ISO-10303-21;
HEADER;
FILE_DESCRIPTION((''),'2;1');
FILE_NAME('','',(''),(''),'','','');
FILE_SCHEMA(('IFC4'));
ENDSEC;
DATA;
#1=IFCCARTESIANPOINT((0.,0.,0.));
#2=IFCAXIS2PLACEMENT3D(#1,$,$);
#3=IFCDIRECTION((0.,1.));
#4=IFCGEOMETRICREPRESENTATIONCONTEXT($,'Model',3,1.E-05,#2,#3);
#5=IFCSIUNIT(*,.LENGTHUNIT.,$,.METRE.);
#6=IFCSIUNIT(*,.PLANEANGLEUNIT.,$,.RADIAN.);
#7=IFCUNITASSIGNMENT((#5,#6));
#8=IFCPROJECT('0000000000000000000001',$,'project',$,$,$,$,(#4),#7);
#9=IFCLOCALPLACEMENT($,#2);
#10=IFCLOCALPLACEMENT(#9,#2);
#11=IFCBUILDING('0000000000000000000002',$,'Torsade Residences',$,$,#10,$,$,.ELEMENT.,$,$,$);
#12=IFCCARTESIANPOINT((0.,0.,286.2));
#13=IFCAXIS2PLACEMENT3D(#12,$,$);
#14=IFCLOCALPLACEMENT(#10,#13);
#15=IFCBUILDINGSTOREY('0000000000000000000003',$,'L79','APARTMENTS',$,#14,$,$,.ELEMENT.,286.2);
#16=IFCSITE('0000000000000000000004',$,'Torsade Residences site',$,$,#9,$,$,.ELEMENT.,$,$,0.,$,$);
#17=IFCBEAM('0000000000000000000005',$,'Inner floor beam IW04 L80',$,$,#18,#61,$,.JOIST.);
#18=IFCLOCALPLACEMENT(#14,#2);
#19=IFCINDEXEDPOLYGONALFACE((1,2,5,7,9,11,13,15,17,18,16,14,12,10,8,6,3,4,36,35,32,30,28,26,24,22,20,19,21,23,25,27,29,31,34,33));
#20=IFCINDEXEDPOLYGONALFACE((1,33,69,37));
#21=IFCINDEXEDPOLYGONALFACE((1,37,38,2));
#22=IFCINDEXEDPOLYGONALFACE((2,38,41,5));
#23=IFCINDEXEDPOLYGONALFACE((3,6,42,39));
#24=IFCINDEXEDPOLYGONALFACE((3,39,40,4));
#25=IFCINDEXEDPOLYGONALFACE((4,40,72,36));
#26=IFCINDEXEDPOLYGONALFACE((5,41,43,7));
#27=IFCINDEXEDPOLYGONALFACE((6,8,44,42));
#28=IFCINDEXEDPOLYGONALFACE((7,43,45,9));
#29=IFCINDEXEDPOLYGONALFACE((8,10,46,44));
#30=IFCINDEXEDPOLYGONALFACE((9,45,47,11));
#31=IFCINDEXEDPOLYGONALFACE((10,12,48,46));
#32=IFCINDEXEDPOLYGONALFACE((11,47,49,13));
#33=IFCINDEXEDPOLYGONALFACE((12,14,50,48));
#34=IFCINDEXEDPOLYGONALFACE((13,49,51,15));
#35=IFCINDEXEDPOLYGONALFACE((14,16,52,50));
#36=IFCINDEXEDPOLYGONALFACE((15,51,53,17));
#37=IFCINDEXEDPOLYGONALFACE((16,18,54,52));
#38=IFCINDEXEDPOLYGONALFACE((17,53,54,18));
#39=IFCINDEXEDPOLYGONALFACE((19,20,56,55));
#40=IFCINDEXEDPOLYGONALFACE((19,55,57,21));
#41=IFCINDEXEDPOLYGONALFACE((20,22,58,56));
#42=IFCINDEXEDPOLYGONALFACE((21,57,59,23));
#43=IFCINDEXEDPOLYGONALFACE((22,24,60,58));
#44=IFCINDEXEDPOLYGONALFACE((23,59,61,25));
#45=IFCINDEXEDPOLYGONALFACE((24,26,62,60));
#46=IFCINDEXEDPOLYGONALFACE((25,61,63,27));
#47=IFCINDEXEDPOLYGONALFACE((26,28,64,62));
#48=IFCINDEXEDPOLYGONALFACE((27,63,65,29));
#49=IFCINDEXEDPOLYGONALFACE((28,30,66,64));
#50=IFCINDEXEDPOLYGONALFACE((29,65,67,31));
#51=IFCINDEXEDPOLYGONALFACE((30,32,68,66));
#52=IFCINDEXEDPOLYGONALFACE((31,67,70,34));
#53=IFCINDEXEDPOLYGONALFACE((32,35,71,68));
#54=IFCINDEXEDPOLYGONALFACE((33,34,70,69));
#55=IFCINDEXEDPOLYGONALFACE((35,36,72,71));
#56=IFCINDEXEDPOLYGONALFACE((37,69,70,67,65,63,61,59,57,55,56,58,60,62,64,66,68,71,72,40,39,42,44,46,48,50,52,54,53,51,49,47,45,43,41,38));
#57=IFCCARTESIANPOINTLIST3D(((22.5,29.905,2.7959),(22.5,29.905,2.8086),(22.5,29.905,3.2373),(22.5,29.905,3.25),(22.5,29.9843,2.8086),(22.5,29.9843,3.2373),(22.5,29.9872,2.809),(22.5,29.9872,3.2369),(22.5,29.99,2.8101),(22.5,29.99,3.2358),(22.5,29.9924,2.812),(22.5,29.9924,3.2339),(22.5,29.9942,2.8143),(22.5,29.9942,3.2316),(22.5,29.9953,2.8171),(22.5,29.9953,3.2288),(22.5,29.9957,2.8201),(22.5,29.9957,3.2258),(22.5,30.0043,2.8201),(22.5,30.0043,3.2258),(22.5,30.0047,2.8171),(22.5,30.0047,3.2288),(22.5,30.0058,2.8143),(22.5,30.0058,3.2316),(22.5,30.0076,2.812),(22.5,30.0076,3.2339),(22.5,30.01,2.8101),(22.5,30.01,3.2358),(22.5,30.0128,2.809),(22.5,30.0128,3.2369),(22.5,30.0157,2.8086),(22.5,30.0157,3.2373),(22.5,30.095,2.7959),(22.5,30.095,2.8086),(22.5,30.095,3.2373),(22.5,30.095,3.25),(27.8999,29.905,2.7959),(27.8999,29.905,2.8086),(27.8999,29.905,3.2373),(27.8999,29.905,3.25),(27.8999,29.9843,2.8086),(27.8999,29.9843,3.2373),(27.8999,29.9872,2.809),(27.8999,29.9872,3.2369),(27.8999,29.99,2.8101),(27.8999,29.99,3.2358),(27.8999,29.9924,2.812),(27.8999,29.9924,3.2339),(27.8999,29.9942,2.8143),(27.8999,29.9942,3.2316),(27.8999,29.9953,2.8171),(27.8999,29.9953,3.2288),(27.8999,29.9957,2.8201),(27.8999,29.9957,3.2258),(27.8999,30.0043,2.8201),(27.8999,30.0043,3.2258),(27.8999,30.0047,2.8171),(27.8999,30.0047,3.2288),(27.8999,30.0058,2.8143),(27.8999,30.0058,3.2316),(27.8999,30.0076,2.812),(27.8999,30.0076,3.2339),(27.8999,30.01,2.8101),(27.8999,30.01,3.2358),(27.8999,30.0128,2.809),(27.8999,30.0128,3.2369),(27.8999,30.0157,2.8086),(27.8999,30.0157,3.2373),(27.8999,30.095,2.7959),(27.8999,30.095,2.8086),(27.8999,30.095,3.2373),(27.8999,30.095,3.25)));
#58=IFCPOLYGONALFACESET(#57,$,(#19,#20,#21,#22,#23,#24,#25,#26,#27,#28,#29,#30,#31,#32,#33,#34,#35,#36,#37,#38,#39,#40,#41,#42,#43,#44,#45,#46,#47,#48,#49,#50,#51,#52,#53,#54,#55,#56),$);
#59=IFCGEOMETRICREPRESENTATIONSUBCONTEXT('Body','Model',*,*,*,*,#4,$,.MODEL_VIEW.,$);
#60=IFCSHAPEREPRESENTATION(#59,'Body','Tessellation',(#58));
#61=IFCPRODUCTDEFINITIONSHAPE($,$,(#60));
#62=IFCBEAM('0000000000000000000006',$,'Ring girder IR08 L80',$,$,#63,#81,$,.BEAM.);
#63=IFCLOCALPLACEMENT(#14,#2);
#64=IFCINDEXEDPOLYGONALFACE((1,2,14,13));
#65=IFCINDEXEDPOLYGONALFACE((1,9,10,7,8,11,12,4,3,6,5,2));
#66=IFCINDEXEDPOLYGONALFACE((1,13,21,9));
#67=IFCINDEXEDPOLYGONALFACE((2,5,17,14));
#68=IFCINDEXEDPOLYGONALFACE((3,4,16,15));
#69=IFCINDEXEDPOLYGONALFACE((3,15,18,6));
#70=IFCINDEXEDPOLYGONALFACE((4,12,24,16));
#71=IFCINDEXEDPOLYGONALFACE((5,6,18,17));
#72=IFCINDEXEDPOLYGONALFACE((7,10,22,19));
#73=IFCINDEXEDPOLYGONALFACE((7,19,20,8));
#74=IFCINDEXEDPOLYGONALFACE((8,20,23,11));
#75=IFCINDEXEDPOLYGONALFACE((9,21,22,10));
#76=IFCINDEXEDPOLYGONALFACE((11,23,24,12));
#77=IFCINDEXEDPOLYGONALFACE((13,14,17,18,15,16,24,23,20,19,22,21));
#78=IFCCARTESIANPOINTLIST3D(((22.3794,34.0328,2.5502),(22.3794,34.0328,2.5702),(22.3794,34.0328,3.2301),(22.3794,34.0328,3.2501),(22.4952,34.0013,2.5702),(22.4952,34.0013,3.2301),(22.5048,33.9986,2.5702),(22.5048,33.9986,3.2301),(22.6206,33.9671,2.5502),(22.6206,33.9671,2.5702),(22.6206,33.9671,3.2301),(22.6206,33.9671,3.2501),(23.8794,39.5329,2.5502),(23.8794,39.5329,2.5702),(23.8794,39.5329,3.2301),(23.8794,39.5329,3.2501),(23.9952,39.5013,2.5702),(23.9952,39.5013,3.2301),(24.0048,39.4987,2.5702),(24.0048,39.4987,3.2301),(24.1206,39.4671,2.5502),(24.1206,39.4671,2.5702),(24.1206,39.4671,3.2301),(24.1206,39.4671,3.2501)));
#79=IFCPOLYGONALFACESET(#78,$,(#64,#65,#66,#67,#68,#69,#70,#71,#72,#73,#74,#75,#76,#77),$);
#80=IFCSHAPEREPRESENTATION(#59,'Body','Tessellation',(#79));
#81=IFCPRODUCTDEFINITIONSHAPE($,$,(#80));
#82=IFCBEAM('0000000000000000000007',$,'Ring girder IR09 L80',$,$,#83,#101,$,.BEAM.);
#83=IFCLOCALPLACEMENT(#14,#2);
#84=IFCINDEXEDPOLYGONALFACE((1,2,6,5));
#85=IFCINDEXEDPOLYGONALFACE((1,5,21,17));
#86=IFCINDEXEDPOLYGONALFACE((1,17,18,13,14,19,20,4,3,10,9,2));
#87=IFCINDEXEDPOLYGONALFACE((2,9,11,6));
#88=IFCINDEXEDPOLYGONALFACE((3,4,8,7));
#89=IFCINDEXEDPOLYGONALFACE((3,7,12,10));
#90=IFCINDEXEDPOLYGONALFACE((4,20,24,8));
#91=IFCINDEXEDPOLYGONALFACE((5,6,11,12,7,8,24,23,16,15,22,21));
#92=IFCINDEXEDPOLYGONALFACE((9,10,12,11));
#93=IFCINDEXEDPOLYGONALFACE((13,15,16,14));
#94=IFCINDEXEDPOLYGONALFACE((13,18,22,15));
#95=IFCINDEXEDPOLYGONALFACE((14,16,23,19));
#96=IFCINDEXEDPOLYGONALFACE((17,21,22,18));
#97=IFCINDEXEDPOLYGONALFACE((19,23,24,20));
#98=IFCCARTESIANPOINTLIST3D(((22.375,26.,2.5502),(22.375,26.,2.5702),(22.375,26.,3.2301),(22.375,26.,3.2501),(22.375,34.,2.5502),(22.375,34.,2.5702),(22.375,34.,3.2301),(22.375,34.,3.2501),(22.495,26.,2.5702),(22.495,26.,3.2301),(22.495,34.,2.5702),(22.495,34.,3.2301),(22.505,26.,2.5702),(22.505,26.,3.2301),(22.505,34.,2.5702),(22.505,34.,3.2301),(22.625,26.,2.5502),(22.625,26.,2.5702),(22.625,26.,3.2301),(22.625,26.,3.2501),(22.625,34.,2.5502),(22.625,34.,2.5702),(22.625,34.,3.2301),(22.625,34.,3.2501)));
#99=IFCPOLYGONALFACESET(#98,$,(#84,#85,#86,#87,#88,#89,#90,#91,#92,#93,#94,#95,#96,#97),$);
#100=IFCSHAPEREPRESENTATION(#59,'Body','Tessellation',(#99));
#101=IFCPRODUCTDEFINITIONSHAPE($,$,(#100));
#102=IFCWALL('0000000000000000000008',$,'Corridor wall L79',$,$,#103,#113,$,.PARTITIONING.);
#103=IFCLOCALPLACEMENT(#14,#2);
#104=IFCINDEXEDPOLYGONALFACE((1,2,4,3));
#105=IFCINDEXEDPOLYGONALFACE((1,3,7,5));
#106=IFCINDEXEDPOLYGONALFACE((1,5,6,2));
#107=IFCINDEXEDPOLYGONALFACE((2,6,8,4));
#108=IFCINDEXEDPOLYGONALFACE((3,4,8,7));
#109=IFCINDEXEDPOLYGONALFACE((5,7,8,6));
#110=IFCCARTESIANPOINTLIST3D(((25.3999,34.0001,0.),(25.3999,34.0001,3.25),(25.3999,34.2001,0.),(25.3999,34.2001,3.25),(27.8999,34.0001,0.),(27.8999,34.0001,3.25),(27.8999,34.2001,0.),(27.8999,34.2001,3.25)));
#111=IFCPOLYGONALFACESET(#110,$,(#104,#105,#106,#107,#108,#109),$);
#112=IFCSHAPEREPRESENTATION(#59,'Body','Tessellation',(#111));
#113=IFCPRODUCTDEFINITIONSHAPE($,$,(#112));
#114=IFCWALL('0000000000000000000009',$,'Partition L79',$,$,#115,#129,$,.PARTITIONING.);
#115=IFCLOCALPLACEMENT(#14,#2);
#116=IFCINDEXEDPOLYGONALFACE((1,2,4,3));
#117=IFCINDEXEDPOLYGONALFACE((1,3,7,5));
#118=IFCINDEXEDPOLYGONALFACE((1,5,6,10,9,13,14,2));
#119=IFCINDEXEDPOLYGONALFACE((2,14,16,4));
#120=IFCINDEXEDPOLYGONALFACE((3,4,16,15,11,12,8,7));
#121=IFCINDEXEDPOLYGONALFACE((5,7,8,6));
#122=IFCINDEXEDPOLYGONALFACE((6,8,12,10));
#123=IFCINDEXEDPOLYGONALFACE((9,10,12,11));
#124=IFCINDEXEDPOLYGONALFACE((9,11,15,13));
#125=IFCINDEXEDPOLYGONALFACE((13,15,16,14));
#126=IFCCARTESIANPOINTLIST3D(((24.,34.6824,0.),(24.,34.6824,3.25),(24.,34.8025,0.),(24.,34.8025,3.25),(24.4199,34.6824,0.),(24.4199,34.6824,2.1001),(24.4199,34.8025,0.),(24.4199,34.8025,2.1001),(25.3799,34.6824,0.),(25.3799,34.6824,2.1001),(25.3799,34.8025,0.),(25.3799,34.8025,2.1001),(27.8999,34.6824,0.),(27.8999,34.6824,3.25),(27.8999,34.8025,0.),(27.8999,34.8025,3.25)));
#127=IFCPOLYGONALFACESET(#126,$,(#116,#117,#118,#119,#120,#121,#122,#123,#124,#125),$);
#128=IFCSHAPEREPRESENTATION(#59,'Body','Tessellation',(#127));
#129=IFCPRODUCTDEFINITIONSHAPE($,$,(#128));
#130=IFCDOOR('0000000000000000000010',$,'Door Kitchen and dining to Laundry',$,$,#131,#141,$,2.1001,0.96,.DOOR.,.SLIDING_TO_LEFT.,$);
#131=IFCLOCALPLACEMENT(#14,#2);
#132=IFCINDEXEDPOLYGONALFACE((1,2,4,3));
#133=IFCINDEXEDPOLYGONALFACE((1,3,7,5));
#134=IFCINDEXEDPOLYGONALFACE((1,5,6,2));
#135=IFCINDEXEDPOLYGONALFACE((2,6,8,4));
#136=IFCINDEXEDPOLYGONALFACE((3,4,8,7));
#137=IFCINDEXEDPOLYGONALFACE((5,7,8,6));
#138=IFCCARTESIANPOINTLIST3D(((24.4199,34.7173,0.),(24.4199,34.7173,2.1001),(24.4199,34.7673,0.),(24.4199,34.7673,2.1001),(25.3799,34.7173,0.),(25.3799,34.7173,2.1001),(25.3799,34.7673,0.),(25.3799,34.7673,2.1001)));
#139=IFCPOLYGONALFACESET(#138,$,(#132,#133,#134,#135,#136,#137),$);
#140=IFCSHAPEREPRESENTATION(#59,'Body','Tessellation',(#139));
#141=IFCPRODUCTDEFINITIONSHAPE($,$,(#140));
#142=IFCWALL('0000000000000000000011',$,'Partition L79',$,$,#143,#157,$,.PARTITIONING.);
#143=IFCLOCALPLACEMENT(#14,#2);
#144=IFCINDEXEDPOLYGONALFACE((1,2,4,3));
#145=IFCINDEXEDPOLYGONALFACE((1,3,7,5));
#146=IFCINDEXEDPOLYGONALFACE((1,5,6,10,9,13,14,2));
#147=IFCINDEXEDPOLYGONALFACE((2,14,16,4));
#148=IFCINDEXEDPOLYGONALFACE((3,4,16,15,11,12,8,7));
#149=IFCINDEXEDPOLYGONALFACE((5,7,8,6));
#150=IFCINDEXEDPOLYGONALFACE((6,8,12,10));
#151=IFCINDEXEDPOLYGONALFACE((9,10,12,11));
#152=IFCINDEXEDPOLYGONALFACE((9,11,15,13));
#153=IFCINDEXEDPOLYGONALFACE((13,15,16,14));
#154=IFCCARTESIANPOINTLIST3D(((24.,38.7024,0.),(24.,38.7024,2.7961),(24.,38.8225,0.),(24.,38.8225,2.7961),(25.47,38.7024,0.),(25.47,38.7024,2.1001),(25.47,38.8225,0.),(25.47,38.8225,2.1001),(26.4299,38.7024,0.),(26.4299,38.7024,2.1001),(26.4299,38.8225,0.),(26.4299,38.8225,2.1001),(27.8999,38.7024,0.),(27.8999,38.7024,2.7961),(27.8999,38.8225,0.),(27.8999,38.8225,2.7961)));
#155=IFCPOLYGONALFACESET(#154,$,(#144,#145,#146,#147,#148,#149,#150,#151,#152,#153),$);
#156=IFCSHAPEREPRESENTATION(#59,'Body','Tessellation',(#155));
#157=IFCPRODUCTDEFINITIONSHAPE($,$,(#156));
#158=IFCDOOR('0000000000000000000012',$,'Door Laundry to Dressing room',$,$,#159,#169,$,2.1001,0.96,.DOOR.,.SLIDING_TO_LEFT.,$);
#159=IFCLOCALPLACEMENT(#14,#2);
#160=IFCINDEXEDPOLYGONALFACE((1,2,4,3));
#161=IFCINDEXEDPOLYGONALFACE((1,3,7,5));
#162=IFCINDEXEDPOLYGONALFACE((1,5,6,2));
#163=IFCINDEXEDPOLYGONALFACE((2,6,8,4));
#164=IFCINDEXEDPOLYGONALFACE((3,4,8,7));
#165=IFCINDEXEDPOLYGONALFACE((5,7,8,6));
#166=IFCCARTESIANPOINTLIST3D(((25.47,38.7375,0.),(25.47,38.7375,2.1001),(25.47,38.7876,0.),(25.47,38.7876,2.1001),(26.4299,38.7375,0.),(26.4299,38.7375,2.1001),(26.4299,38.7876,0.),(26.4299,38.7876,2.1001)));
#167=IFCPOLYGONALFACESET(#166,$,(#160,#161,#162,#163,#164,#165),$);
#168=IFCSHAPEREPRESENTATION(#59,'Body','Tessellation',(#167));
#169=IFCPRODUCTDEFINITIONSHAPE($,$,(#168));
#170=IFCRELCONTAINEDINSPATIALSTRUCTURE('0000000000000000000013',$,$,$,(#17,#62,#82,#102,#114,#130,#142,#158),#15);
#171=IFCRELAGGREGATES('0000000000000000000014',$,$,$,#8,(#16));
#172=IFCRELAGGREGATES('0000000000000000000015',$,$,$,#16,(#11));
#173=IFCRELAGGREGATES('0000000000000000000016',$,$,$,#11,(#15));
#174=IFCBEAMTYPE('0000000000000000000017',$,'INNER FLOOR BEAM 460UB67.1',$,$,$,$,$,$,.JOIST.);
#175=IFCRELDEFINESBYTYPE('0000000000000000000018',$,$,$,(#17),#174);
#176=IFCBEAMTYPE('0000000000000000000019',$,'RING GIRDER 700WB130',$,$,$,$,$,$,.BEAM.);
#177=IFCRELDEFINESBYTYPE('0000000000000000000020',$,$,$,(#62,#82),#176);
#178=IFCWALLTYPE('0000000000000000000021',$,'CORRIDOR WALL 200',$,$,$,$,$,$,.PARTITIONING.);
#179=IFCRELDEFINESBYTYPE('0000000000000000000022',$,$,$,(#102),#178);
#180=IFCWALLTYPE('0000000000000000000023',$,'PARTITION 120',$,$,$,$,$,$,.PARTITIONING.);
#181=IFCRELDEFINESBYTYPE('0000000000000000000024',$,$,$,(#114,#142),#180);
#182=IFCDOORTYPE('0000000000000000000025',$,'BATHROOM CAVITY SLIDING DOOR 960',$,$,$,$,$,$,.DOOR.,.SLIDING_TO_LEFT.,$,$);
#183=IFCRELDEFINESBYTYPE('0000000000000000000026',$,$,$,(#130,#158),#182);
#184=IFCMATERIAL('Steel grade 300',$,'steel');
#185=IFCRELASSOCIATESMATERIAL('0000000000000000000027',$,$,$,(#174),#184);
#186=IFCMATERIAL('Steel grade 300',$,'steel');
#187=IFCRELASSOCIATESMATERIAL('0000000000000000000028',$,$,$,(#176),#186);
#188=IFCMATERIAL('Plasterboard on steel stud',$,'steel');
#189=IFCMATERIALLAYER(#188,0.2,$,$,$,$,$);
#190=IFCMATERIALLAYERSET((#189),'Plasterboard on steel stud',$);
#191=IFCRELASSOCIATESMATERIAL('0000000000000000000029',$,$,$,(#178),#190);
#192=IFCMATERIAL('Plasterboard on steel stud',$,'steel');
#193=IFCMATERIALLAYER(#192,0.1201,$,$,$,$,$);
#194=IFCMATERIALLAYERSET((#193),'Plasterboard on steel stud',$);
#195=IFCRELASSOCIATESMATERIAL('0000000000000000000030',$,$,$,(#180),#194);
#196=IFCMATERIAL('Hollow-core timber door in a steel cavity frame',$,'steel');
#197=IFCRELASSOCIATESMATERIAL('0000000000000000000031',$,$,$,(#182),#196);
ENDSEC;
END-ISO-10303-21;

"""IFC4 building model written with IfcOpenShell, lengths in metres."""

from ifc_helpers import new_model, si_unit, direction, frame, frame_2d, origin, origin_2d, place, context, subcontext, project, spatial, rectangle, i_section, extrude, material, layer, layer_set, material_profile, profile_set, type_object, element, fill, save


model = new_model("IFC4")

# Units and contexts
model_context = context("Model", 3, precision=1e-05, world=origin(), true_north=direction((0.0, 1.0)))
body_context = subcontext(model_context, "Body", "Model", "MODEL_VIEW")
ifc_project = project(units=[si_unit("LENGTHUNIT", "METRE"), si_unit("PLANEANGLEUNIT", "RADIAN")], contexts=[model_context])

# Site, building, storey
site_placement = place(None, origin())
site = spatial("IfcSite", under=ifc_project, at=site_placement, Name="Torsade Residences site", CompositionType="ELEMENT", RefElevation=0.0)
building_placement = place(site_placement, origin())
building = spatial("IfcBuilding", under=site, at=building_placement, Name="Torsade Residences", CompositionType="ELEMENT")
storey_placement = place(building_placement, frame((0.0, 0.0, 286.2)))
storey = spatial("IfcBuildingStorey", under=building, at=storey_placement, Name="L79", Description="APARTMENTS", CompositionType="ELEMENT", Elevation=286.2)

# Beams
ifc_material_1 = material(Name="Steel grade 300", Category="steel")
ifc_material_profile_1 = material_profile(ifc_material_1, i_section(OverallWidth=0.1899, OverallDepth=0.4541, WebThickness=0.0085, FlangeThickness=0.0127, FilletRadius=0.0115, at=origin_2d()), Name="460UB67.1")
ifc_profile_set_1 = profile_set([ifc_material_profile_1], Name="Steel grade 300")
beam_type_1 = type_object("IfcBeamType", Name="INNER FLOOR BEAM 460UB67.1", PredefinedType="JOIST", material=ifc_profile_set_1)
for number, where, z_axis, x_axis, name in (
    (1, (27.8999, 30.0, 3.0229), (-1.0, 0.0, 0.0), (0.0, -1.0, 0.0), "Inner floor beam IW04 L80"),
):
    element("IfcBeam", number, at=place(storey_placement, frame(where, z_axis=z_axis, x_axis=x_axis)), inside=storey, type_object=beam_type_1, Name=name, PredefinedType="JOIST", context=body_context, shape_type="SweptSolid", body=[
        extrude(i_section(OverallWidth=0.1899, OverallDepth=0.4541, WebThickness=0.0085, FlangeThickness=0.0127, FilletRadius=0.0115, at=origin_2d()), origin(), (0.0, 0.0, 1.0), 5.3999),
    ])
ifc_material_2 = material(Name="Steel grade 300", Category="steel")
ifc_material_profile_2 = material_profile(ifc_material_2, i_section(OverallWidth=0.25, OverallDepth=0.7, WebThickness=0.01, FlangeThickness=0.02, at=origin_2d()), Name="700WB130")
ifc_profile_set_2 = profile_set([ifc_material_profile_2], Name="Steel grade 300")
beam_type_2 = type_object("IfcBeamType", Name="RING GIRDER 700WB130", PredefinedType="BEAM", material=ifc_profile_set_2)
beam_1_placement = place(storey_placement, frame((24.0, 39.5, 2.9001), z_axis=(-0.263117, -0.964764, 0.0), x_axis=(0.964764, -0.263117, 0.0)))
element("IfcBeam", 2, at=beam_1_placement, inside=storey, type_object=beam_type_2, Name="Ring girder IR08 L80", PredefinedType="BEAM", context=body_context, shape_type="SweptSolid", body=[
    extrude(i_section(OverallWidth=0.25, OverallDepth=0.7, WebThickness=0.01, FlangeThickness=0.02, at=origin_2d()), origin(), (0.0, 0.0, 1.0), 5.7009),
])
beam_2_placement = place(storey_placement, frame((22.5, 34.0, 2.9001), z_axis=(0.0, -1.0, 0.0), x_axis=(1.0, 0.0, 0.0)))
element("IfcBeam", 3, at=beam_2_placement, inside=storey, type_object=beam_type_2, Name="Ring girder IR09 L80", PredefinedType="BEAM", context=body_context, shape_type="SweptSolid", body=[
    extrude(i_section(OverallWidth=0.25, OverallDepth=0.7, WebThickness=0.01, FlangeThickness=0.02, at=origin_2d()), origin(), (0.0, 0.0, 1.0), 8.0),
])

# Wall
ifc_material_3 = material(Name="Plasterboard on steel stud", Category="steel")
ifc_layer_1 = layer(ifc_material_3, 0.2)
ifc_layer_set_1 = layer_set([ifc_layer_1], Name="Plasterboard on steel stud")
wall_type_1 = type_object("IfcWallType", Name="CORRIDOR WALL 200", PredefinedType="PARTITIONING", material=ifc_layer_set_1)
wall_1_placement = place(storey_placement, frame((27.8999, 34.1001, 0.0), z_axis=(0.0, 0.0, 1.0), x_axis=(-1.0, 0.0, 0.0)))
element("IfcWall", 4, at=wall_1_placement, inside=storey, type_object=wall_type_1, Name="Corridor wall L79", PredefinedType="PARTITIONING", context=body_context, shape_type="SweptSolid", body=[
    extrude(rectangle(XDim=2.5, YDim=0.2, at=frame_2d((1.25, 0.0))), origin(), (0.0, 0.0, 1.0), 3.25),
])

# Walls, openings, doors
ifc_material_4 = material(Name="Plasterboard on steel stud", Category="steel")
ifc_layer_2 = layer(ifc_material_4, 0.1201)
ifc_layer_set_2 = layer_set([ifc_layer_2], Name="Plasterboard on steel stud")
wall_type_2 = type_object("IfcWallType", Name="PARTITION 120", PredefinedType="PARTITIONING", material=ifc_layer_set_2)
wall_2_placement = place(storey_placement, frame((24.0, 34.7424, 0.0), z_axis=(0.0, 0.0, 1.0), x_axis=(1.0, 0.0, 0.0)))
wall_2 = element("IfcWall", 5, at=wall_2_placement, inside=storey, type_object=wall_type_2, Name="Partition L79", PredefinedType="PARTITIONING", context=body_context, shape_type="SweptSolid", body=[
    extrude(rectangle(XDim=3.8999, YDim=0.1201, at=frame_2d((1.95, 0.0))), origin(), (0.0, 0.0, 1.0), 3.25),
])
opening_1_placement = place(wall_2_placement, frame((0.4199, 0.0, 0.0)))
opening_1 = element("IfcOpeningElement", 6, at=opening_1_placement, cuts=wall_2, PredefinedType="OPENING", context=body_context, shape_type="SweptSolid", body=[
    extrude(rectangle(XDim=0.96, YDim=2.1001, at=frame_2d((0.48, 1.05))), frame((0.0, 0.0701, 0.0), z_axis=(0.0, -1.0, 0.0), x_axis=(1.0, 0.0, 0.0)), (0.0, 0.0, 1.0), 0.1401),
])
ifc_material_5 = material(Name="Hollow-core timber door in a steel cavity frame", Category="steel")
door_type = type_object("IfcDoorType", Name="BATHROOM CAVITY SLIDING DOOR 960", OperationType="SLIDING_TO_LEFT", PredefinedType="DOOR", material=ifc_material_5)
door_1_placement = place(opening_1_placement, origin())
door_1 = element("IfcDoor", 7, at=door_1_placement, inside=storey, type_object=door_type, Name="Door Kitchen and dining to Laundry", OperationType="SLIDING_TO_LEFT", OverallHeight=2.1001, OverallWidth=0.96, PredefinedType="DOOR", context=body_context, shape_type="SweptSolid", body=[
    extrude(rectangle(XDim=0.96, YDim=2.1001, at=frame_2d((0.48, 1.05))), frame((0.0, 0.0249, 0.0), z_axis=(0.0, -1.0, 0.0), x_axis=(1.0, 0.0, 0.0)), (0.0, 0.0, 1.0), 0.05),
])
fill(opening_1, door_1)
wall_3_placement = place(storey_placement, frame((27.8999, 38.7625, 0.0), z_axis=(0.0, 0.0, 1.0), x_axis=(-1.0, 0.0, 0.0)))
wall_3 = element("IfcWall", 8, at=wall_3_placement, inside=storey, type_object=wall_type_2, Name="Partition L79", PredefinedType="PARTITIONING", context=body_context, shape_type="SweptSolid", body=[
    extrude(rectangle(XDim=3.8999, YDim=0.1201, at=frame_2d((1.95, 0.0))), origin(), (0.0, 0.0, 1.0), 2.7961),
])
opening_2_placement = place(wall_3_placement, frame((1.47, 0.0, 0.0)))
opening_2 = element("IfcOpeningElement", 9, at=opening_2_placement, cuts=wall_3, PredefinedType="OPENING", context=body_context, shape_type="SweptSolid", body=[
    extrude(rectangle(XDim=0.96, YDim=2.1001, at=frame_2d((0.48, 1.05))), frame((0.0, 0.0701, 0.0), z_axis=(0.0, -1.0, 0.0), x_axis=(1.0, 0.0, 0.0)), (0.0, 0.0, 1.0), 0.1401),
])
door_2_placement = place(opening_2_placement, origin())
door_2 = element("IfcDoor", 10, at=door_2_placement, inside=storey, type_object=door_type, Name="Door Laundry to Dressing room", OperationType="SLIDING_TO_LEFT", OverallHeight=2.1001, OverallWidth=0.96, PredefinedType="DOOR", context=body_context, shape_type="SweptSolid", body=[
    extrude(rectangle(XDim=0.96, YDim=2.1001, at=frame_2d((0.48, 1.05))), frame((0.0, 0.0249, 0.0), z_axis=(0.0, -1.0, 0.0), x_axis=(1.0, 0.0, 0.0)), (0.0, 0.0, 1.0), 0.05),
])
fill(opening_2, door_2)

save(model, "model.ifc")
